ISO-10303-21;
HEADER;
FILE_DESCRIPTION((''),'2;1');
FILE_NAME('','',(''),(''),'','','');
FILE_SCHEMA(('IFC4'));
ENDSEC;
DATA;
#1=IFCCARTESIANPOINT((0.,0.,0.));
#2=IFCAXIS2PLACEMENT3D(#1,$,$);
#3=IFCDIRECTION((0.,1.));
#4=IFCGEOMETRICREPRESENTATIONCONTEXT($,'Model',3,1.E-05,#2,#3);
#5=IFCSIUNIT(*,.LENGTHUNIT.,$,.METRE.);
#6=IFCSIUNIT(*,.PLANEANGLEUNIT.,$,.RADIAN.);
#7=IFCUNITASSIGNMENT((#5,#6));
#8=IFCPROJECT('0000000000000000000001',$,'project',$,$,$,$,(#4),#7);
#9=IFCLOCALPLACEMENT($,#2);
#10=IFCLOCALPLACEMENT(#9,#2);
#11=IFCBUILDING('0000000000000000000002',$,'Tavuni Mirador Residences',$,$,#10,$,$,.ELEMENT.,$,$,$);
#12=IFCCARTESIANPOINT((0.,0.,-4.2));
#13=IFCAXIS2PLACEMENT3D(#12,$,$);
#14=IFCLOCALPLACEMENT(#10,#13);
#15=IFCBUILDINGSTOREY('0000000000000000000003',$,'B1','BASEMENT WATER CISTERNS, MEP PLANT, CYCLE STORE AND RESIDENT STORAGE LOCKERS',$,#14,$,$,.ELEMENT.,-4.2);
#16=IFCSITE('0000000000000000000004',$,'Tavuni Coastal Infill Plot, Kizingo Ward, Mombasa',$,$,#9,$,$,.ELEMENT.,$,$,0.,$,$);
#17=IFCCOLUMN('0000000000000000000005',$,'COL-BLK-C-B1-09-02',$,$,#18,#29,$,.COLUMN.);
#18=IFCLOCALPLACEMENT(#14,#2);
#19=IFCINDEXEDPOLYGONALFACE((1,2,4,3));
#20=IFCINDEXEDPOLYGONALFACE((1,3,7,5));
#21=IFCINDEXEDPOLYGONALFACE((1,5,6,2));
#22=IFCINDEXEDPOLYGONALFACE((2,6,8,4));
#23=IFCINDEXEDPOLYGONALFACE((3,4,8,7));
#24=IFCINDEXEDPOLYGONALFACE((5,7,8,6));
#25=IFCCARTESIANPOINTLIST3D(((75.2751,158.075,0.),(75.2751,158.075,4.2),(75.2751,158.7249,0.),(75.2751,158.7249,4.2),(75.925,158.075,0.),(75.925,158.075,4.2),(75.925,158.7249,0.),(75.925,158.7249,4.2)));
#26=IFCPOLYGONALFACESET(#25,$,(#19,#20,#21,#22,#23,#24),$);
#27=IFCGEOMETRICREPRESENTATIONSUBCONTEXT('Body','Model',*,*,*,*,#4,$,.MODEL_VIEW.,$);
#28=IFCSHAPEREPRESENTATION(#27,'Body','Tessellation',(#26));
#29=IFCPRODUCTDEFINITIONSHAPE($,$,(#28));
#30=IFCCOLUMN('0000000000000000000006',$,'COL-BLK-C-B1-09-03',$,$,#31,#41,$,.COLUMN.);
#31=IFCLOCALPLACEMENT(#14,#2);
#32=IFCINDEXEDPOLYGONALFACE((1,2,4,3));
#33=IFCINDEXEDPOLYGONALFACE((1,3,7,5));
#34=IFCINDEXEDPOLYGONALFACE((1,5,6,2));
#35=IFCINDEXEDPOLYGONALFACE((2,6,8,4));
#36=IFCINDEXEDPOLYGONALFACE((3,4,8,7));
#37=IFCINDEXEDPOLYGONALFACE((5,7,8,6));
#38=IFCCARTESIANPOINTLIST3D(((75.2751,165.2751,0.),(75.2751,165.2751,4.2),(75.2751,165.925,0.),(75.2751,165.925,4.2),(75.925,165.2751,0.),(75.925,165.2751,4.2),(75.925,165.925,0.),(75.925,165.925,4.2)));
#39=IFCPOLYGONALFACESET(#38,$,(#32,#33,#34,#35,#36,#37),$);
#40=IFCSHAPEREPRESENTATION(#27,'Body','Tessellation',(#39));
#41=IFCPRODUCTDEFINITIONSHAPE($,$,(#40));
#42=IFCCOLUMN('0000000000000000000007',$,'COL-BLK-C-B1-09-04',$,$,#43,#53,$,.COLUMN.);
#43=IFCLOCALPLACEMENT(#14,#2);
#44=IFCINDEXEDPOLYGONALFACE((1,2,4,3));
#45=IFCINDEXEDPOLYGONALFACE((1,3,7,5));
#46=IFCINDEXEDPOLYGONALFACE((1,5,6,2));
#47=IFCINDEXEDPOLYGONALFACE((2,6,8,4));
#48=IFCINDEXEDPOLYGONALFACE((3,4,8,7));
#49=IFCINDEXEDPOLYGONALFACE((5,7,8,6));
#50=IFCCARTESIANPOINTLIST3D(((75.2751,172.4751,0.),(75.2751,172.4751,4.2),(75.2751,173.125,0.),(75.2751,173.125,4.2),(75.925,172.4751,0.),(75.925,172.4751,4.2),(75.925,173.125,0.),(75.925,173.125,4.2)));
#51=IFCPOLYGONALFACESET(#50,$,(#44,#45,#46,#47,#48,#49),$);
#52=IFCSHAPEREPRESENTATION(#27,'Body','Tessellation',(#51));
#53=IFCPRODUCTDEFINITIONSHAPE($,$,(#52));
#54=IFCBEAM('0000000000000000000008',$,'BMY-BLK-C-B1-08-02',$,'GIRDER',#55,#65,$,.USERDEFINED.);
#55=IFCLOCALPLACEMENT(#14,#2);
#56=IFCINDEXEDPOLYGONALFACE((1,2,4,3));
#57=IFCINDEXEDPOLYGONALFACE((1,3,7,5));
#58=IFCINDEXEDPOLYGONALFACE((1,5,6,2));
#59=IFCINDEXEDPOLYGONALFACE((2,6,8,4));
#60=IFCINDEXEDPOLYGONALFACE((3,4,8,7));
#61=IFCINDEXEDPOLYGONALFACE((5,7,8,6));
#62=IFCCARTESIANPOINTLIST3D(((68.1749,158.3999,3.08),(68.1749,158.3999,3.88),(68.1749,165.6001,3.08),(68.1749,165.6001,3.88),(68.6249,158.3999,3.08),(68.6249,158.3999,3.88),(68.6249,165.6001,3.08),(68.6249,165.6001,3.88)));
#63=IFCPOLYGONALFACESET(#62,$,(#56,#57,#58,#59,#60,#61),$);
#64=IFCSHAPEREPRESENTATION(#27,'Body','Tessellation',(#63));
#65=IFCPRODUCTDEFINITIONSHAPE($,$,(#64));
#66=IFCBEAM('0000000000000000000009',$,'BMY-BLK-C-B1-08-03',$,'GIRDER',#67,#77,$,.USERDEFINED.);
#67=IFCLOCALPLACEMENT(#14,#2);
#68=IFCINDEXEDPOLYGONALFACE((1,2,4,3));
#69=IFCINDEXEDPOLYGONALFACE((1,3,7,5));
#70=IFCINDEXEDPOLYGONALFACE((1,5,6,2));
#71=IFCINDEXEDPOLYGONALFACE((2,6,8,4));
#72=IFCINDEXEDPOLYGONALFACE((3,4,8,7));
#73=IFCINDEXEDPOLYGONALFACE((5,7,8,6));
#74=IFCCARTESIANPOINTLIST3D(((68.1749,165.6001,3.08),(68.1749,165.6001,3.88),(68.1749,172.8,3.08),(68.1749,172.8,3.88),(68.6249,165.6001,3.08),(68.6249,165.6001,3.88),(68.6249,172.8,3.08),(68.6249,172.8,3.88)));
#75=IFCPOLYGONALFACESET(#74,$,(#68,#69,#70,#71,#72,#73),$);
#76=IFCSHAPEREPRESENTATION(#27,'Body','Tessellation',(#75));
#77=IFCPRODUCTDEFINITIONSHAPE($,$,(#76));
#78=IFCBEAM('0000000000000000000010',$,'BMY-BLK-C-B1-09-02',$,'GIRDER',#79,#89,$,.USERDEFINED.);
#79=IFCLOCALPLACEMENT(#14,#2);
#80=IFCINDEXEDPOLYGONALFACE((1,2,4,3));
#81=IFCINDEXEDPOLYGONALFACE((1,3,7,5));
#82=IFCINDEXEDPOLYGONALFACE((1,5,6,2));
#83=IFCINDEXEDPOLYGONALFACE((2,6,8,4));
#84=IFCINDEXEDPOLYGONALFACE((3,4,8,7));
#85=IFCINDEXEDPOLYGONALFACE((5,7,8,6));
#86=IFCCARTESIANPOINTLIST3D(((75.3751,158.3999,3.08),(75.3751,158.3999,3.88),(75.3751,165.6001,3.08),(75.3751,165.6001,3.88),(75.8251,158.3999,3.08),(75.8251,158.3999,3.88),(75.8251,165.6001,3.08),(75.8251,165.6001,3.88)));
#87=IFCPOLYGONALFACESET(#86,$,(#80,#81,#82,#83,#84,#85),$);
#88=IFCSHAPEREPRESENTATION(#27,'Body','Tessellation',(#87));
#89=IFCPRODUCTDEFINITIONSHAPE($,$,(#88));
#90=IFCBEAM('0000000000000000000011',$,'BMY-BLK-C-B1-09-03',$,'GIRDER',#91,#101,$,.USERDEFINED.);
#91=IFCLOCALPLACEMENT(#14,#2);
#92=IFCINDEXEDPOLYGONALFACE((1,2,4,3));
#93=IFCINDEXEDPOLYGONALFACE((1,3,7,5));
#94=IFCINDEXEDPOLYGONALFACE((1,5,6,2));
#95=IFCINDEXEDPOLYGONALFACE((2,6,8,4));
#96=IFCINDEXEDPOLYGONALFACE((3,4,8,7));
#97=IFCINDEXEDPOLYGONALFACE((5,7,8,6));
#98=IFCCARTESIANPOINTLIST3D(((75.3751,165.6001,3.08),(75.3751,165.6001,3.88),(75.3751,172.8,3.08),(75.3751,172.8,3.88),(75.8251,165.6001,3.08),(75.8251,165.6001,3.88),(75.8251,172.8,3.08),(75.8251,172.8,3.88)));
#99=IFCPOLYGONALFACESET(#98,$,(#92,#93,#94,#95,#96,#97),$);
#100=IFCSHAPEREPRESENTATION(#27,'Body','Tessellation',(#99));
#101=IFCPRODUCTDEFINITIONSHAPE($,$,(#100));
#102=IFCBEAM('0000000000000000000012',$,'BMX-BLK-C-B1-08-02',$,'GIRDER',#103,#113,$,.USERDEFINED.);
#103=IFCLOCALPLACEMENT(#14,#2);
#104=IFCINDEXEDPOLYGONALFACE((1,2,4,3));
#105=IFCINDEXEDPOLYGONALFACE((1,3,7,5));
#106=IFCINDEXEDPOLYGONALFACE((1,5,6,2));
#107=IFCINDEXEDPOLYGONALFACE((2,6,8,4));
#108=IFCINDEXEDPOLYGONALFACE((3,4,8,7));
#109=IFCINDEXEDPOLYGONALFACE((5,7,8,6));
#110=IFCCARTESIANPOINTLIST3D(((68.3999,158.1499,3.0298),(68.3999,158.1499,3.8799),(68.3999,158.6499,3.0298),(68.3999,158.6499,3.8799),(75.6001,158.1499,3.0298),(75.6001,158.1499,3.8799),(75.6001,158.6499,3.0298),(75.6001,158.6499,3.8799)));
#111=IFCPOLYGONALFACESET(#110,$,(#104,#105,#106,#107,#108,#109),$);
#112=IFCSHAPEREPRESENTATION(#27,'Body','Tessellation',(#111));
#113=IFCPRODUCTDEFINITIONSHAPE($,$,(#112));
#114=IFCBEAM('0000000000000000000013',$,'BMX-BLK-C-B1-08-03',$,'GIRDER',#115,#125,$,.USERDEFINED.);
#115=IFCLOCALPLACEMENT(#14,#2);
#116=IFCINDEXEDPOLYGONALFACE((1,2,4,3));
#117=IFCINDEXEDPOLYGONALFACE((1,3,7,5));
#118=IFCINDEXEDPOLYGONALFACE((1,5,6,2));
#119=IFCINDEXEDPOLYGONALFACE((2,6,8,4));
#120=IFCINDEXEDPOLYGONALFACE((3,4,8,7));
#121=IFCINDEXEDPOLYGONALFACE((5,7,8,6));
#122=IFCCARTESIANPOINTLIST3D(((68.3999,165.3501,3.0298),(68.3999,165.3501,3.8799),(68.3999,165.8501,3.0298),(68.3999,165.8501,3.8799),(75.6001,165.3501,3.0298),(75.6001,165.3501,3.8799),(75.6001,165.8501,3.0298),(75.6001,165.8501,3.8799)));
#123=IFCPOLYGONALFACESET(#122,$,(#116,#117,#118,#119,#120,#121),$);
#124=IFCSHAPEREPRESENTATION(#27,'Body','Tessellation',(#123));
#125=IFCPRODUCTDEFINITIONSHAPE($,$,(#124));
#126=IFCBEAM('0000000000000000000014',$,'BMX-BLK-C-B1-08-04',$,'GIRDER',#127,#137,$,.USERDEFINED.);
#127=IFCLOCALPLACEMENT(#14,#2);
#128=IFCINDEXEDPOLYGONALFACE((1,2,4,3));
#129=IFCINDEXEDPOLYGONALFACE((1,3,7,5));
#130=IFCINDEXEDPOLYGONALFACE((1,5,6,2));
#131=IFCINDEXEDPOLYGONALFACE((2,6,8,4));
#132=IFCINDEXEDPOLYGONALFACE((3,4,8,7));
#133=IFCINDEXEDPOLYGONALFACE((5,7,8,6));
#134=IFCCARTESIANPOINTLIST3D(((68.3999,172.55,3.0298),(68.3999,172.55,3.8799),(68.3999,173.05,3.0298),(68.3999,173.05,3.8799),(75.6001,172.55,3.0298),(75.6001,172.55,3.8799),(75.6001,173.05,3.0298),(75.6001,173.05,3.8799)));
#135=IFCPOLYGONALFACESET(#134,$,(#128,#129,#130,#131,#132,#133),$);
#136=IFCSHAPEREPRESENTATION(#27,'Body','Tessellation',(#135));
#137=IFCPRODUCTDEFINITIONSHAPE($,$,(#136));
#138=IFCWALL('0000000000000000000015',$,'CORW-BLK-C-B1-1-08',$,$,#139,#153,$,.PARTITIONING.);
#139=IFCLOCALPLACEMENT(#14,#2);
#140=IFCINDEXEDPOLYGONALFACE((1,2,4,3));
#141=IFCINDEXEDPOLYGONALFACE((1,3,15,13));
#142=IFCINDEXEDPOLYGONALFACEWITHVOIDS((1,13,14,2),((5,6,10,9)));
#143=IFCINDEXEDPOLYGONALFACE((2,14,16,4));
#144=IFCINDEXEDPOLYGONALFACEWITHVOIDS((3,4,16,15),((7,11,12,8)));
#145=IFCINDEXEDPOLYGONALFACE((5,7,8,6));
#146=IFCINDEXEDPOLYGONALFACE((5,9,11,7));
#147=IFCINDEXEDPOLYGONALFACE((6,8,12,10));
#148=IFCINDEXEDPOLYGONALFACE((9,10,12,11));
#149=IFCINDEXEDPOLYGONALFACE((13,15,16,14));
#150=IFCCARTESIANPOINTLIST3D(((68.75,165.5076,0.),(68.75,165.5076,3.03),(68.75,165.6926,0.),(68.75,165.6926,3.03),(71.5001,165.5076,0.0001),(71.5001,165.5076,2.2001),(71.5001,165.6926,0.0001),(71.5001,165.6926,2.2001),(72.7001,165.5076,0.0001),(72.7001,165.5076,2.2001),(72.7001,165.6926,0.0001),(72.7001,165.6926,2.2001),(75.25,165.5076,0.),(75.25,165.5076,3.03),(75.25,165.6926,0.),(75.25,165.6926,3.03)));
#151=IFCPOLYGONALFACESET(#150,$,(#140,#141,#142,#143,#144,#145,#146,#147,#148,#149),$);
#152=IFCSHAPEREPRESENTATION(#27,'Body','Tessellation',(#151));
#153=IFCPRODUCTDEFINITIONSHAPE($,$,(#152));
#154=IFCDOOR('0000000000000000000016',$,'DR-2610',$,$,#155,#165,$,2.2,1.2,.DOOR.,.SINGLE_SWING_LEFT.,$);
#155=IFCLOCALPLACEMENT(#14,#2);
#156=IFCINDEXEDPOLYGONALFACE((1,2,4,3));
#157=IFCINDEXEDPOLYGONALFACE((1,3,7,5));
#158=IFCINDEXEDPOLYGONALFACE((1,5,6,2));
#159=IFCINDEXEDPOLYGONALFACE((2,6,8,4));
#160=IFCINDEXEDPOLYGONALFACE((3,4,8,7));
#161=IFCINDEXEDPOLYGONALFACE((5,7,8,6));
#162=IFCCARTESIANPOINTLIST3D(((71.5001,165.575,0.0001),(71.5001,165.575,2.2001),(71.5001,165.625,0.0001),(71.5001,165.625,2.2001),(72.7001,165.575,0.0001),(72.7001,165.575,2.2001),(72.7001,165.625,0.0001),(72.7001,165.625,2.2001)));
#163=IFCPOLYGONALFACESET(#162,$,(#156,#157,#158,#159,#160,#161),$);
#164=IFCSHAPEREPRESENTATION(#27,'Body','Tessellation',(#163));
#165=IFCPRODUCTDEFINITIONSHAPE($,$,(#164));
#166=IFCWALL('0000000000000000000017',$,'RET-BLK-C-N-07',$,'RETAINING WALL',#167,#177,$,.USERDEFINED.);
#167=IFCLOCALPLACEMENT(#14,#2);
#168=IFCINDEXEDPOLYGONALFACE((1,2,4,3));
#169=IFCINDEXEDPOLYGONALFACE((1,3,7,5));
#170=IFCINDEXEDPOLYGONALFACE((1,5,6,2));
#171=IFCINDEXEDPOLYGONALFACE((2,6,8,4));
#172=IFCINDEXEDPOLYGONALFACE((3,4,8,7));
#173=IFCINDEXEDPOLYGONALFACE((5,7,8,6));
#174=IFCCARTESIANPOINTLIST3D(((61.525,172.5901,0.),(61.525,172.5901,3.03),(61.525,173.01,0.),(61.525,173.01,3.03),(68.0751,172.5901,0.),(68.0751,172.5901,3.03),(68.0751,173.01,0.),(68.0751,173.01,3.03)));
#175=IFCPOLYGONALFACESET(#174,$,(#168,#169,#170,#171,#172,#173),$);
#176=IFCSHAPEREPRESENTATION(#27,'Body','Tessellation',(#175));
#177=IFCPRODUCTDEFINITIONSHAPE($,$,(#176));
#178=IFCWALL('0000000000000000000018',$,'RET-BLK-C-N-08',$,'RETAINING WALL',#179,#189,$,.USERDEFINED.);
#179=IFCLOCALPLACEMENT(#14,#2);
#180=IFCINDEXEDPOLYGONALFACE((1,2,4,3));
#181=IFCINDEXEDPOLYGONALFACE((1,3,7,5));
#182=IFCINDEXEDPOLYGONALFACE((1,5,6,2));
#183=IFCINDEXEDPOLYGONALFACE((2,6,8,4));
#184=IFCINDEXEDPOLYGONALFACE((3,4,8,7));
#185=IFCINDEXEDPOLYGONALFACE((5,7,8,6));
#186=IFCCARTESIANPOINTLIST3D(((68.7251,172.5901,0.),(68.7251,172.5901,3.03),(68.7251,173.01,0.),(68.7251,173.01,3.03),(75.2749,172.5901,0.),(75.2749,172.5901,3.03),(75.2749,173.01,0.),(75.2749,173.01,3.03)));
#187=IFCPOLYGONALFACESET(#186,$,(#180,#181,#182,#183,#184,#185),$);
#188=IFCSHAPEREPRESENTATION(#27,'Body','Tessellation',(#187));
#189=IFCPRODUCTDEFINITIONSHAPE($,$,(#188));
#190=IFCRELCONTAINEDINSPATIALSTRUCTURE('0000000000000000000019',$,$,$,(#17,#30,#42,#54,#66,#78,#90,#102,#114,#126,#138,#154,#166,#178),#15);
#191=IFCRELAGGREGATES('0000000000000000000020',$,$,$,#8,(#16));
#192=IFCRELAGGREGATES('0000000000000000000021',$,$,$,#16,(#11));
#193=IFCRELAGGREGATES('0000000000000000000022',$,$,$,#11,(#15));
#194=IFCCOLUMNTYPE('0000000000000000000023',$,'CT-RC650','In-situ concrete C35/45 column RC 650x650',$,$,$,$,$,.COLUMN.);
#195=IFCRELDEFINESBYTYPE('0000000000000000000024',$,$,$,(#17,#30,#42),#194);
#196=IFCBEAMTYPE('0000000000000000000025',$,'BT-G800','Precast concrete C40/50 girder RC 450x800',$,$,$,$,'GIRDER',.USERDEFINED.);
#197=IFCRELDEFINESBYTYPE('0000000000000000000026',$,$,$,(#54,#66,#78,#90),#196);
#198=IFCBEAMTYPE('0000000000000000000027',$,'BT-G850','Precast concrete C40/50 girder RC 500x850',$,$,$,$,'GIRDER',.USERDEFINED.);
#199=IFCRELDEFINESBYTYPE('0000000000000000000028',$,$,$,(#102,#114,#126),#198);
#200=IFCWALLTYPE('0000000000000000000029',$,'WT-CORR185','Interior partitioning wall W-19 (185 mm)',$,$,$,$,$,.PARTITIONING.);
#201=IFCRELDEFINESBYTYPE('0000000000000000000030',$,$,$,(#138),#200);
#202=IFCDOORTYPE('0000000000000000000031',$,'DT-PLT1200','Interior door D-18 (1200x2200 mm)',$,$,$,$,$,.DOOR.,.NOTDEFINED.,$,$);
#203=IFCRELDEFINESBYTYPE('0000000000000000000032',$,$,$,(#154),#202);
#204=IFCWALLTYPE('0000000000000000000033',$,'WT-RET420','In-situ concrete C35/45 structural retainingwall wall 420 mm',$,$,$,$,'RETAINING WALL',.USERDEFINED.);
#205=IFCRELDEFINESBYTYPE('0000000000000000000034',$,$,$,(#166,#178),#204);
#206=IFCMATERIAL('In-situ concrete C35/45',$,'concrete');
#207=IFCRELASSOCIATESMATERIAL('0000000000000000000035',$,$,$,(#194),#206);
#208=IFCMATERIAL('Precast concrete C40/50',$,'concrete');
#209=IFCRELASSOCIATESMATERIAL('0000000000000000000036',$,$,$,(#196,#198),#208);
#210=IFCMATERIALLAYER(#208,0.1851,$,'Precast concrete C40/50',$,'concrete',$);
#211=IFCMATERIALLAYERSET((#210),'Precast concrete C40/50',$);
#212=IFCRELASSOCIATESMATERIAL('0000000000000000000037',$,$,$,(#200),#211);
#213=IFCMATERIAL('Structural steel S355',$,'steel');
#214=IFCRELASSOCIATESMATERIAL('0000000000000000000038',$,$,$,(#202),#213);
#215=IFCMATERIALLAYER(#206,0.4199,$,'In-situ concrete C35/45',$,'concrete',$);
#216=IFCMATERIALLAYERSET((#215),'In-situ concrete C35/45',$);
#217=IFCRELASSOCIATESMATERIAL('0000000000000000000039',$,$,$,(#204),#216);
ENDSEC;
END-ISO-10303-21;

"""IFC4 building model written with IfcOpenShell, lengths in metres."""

from ifc_helpers import new_model, si_unit, direction, frame, frame_2d, origin, origin_2d, place, context, subcontext, project, spatial, rectangle, extrude, material, layer, layer_set, material_profile, profile_set, type_object, element, fill, save


model = new_model("IFC4")

# Units and contexts
model_context = context("Model", 3, precision=1e-05, world=origin(), true_north=direction((0.0, 1.0)))
body_context = subcontext(model_context, "Body", "Model", "MODEL_VIEW")
ifc_project = project(units=[si_unit("LENGTHUNIT", "METRE"), si_unit("PLANEANGLEUNIT", "RADIAN")], contexts=[model_context])

# Site, building, storey
site_placement = place(None, origin())
site = spatial("IfcSite", under=ifc_project, at=site_placement, Name="Tavuni Coastal Infill Plot, Kizingo Ward, Mombasa", CompositionType="ELEMENT", RefElevation=0.0)
building_placement = place(site_placement, origin())
building = spatial("IfcBuilding", under=site, at=building_placement, Name="Tavuni Mirador Residences", CompositionType="ELEMENT")
storey_placement = place(building_placement, frame((0.0, 0.0, -4.2)))
storey = spatial("IfcBuildingStorey", under=building, at=storey_placement, Name="B1", Description="BASEMENT WATER CISTERNS, MEP PLANT, CYCLE STORE AND RESIDENT STORAGE LOCKERS", CompositionType="ELEMENT", Elevation=-4.2)

# Shared definitions
ifc_material_1 = material(Name="In-situ concrete C35/45", Category="concrete")

# Columns
ifc_material_profile_1 = material_profile(ifc_material_1, rectangle(XDim=0.6499, YDim=0.6499, at=origin_2d()), Name="RC 650x650", Category="concrete")
ifc_profile_set_1 = profile_set([ifc_material_profile_1], Name="In-situ concrete C35/45")
column_type = type_object("IfcColumnType", Name="CT-RC650", Description="In-situ concrete C35/45 column RC 650x650", PredefinedType="COLUMN", material=ifc_profile_set_1)
for number, where, z_axis, x_axis, name in (
    (1, (75.6001, 158.3999, 0.0), (0.0, 0.0, 1.0), (1.0, 0.0, 0.0), "COL-BLK-C-B1-09-02"),
    (2, (75.6001, 165.6001, 0.0), (0.0, 0.0, 1.0), (1.0, 0.0, 0.0), "COL-BLK-C-B1-09-03"),
    (3, (75.6001, 172.8, 0.0), (0.0, 0.0, 1.0), (1.0, 0.0, 0.0), "COL-BLK-C-B1-09-04"),
):
    element("IfcColumn", number, at=place(storey_placement, frame(where, z_axis=z_axis, x_axis=x_axis)), inside=storey, type_object=column_type, Name=name, PredefinedType="COLUMN", context=body_context, shape_type="SweptSolid", body=[
        extrude(rectangle(XDim=0.6499, YDim=0.6499, at=origin_2d()), origin(), (0.0, 0.0, 1.0), 4.2),
    ])

# Beams
ifc_material_2 = material(Name="Precast concrete C40/50", Category="concrete")
ifc_material_profile_2 = material_profile(ifc_material_2, rectangle(XDim=0.45, YDim=0.8, at=origin_2d()), Name="RC 450x800", Category="concrete")
ifc_profile_set_2 = profile_set([ifc_material_profile_2], Name="Precast concrete C40/50")
beam_type_1 = type_object("IfcBeamType", Name="BT-G800", Description="Precast concrete C40/50 girder RC 450x800", ElementType="GIRDER", PredefinedType="USERDEFINED", material=ifc_profile_set_2)
beam_1_placement = place(storey_placement, frame((68.3999, 158.3999, 3.48), z_axis=(0.0, 1.0, 0.0), x_axis=(-1.0, 0.0, 0.0)))
element("IfcBeam", 4, at=beam_1_placement, inside=storey, type_object=beam_type_1, Name="BMY-BLK-C-B1-08-02", ObjectType="GIRDER", PredefinedType="USERDEFINED", context=body_context, shape_type="SweptSolid", body=[
    extrude(rectangle(XDim=0.45, YDim=0.8, at=origin_2d()), origin(), (0.0, 0.0, 1.0), 7.2002),
])
beam_2_placement = place(storey_placement, frame((68.3999, 165.6001, 3.48), z_axis=(0.0, 1.0, 0.0), x_axis=(-1.0, 0.0, 0.0)))
element("IfcBeam", 5, at=beam_2_placement, inside=storey, type_object=beam_type_1, Name="BMY-BLK-C-B1-08-03", ObjectType="GIRDER", PredefinedType="USERDEFINED", context=body_context, shape_type="SweptSolid", body=[
    extrude(rectangle(XDim=0.45, YDim=0.8, at=origin_2d()), origin(), (0.0, 0.0, 1.0), 7.2),
])
beam_3_placement = place(storey_placement, frame((75.6001, 158.3999, 3.48), z_axis=(0.0, 1.0, 0.0), x_axis=(-1.0, 0.0, 0.0)))
element("IfcBeam", 6, at=beam_3_placement, inside=storey, type_object=beam_type_1, Name="BMY-BLK-C-B1-09-02", ObjectType="GIRDER", PredefinedType="USERDEFINED", context=body_context, shape_type="SweptSolid", body=[
    extrude(rectangle(XDim=0.45, YDim=0.8, at=origin_2d()), origin(), (0.0, 0.0, 1.0), 7.2002),
])
beam_4_placement = place(storey_placement, frame((75.6001, 165.6001, 3.48), z_axis=(0.0, 1.0, 0.0), x_axis=(-1.0, 0.0, 0.0)))
element("IfcBeam", 7, at=beam_4_placement, inside=storey, type_object=beam_type_1, Name="BMY-BLK-C-B1-09-03", ObjectType="GIRDER", PredefinedType="USERDEFINED", context=body_context, shape_type="SweptSolid", body=[
    extrude(rectangle(XDim=0.45, YDim=0.8, at=origin_2d()), origin(), (0.0, 0.0, 1.0), 7.2),
])
ifc_material_profile_3 = material_profile(ifc_material_2, rectangle(XDim=0.5, YDim=0.8501, at=origin_2d()), Name="RC 500x850", Category="concrete")
ifc_profile_set_3 = profile_set([ifc_material_profile_3], Name="Precast concrete C40/50")
beam_type_2 = type_object("IfcBeamType", Name="BT-G850", Description="Precast concrete C40/50 girder RC 500x850", ElementType="GIRDER", PredefinedType="USERDEFINED", material=ifc_profile_set_3)
for number, where, z_axis, x_axis, name in (
    (8, (68.3999, 158.3999, 3.4548), (1.0, 0.0, 0.0), (0.0, 1.0, 0.0), "BMX-BLK-C-B1-08-02"),
    (9, (68.3999, 165.6001, 3.4548), (1.0, 0.0, 0.0), (0.0, 1.0, 0.0), "BMX-BLK-C-B1-08-03"),
    (10, (68.3999, 172.8, 3.4548), (1.0, 0.0, 0.0), (0.0, 1.0, 0.0), "BMX-BLK-C-B1-08-04"),
):
    element("IfcBeam", number, at=place(storey_placement, frame(where, z_axis=z_axis, x_axis=x_axis)), inside=storey, type_object=beam_type_2, Name=name, ObjectType="GIRDER", PredefinedType="USERDEFINED", context=body_context, shape_type="SweptSolid", body=[
        extrude(rectangle(XDim=0.5, YDim=0.8501, at=origin_2d()), origin(), (0.0, 0.0, 1.0), 7.2002),
    ])

# Wall, opening, door
ifc_layer_1 = layer(ifc_material_2, 0.1851, Name="Precast concrete C40/50", Category="concrete")
ifc_layer_set_1 = layer_set([ifc_layer_1], Name="Precast concrete C40/50")
wall_type_1 = type_object("IfcWallType", Name="WT-CORR185", Description="Interior partitioning wall W-19 (185 mm)", PredefinedType="PARTITIONING", material=ifc_layer_set_1)
wall_1_placement = place(storey_placement, frame((68.75, 165.6001, 0.0), z_axis=(0.0, 0.0, 1.0), x_axis=(1.0, 0.0, 0.0)))
wall_1 = element("IfcWall", 11, at=wall_1_placement, inside=storey, type_object=wall_type_1, Name="CORW-BLK-C-B1-1-08", PredefinedType="PARTITIONING", context=body_context, shape_type="SweptSolid", body=[
    extrude(rectangle(XDim=6.5, YDim=0.1851, at=frame_2d((3.25, 0.0))), origin(), (0.0, 0.0, 1.0), 3.03),
])
opening_placement = place(wall_1_placement, frame((2.75, 0.0, 0.0)))
opening = element("IfcOpeningElement", 12, at=opening_placement, cuts=wall_1, PredefinedType="OPENING", context=body_context, shape_type="SweptSolid", body=[
    extrude(rectangle(XDim=1.2, YDim=2.2, at=frame_2d((0.6001, 1.1001))), frame((0.0, 0.1025, 0.0), z_axis=(0.0, -1.0, 0.0), x_axis=(1.0, 0.0, 0.0)), (0.0, 0.0, 1.0), 0.2051),
])
ifc_material_3 = material(Name="Structural steel S355", Category="steel")
door_type = type_object("IfcDoorType", Name="DT-PLT1200", Description="Interior door D-18 (1200x2200 mm)", OperationType="NOTDEFINED", PredefinedType="DOOR", material=ifc_material_3)
door_placement = place(opening_placement, origin())
door = element("IfcDoor", 13, at=door_placement, inside=storey, type_object=door_type, Name="DR-2610", OperationType="SINGLE_SWING_LEFT", OverallHeight=2.2, OverallWidth=1.2, PredefinedType="DOOR", context=body_context, shape_type="SweptSolid", body=[
    extrude(rectangle(XDim=1.2, YDim=2.2, at=frame_2d((0.6001, 1.1001))), frame((0.0, 0.0249, 0.0), z_axis=(0.0, -1.0, 0.0), x_axis=(1.0, 0.0, 0.0)), (0.0, 0.0, 1.0), 0.05),
])
fill(opening, door)

# Walls
ifc_layer_2 = layer(ifc_material_1, 0.4199, Name="In-situ concrete C35/45", Category="concrete")
ifc_layer_set_2 = layer_set([ifc_layer_2], Name="In-situ concrete C35/45")
wall_type_2 = type_object("IfcWallType", Name="WT-RET420", Description="In-situ concrete C35/45 structural retainingwall wall 420 mm", ElementType="RETAINING WALL", PredefinedType="USERDEFINED", material=ifc_layer_set_2)
wall_2_placement = place(storey_placement, frame((68.075, 172.8, 0.0), z_axis=(0.0, 0.0, 1.0), x_axis=(-1.0, 0.0, 0.0)))
element("IfcWall", 14, at=wall_2_placement, inside=storey, type_object=wall_type_2, Name="RET-BLK-C-N-07", ObjectType="RETAINING WALL", PredefinedType="USERDEFINED", context=body_context, shape_type="SweptSolid", body=[
    extrude(rectangle(XDim=6.55, YDim=0.4199, at=frame_2d((3.2749, 0.0))), origin(), (0.0, 0.0, 1.0), 3.03),
])
for number, where, z_axis, x_axis, name in (
    (15, (75.2749, 172.8, 0.0), (0.0, 0.0, 1.0), (-1.0, 0.0, 0.0), "RET-BLK-C-N-08"),
):
    element("IfcWall", number, at=place(storey_placement, frame(where, z_axis=z_axis, x_axis=x_axis)), inside=storey, type_object=wall_type_2, Name=name, ObjectType="RETAINING WALL", PredefinedType="USERDEFINED", context=body_context, shape_type="SweptSolid", body=[
        extrude(rectangle(XDim=6.5498, YDim=0.4199, at=frame_2d((3.2749, 0.0))), origin(), (0.0, 0.0, 1.0), 3.03),
    ])

save(model, "model.ifc")
